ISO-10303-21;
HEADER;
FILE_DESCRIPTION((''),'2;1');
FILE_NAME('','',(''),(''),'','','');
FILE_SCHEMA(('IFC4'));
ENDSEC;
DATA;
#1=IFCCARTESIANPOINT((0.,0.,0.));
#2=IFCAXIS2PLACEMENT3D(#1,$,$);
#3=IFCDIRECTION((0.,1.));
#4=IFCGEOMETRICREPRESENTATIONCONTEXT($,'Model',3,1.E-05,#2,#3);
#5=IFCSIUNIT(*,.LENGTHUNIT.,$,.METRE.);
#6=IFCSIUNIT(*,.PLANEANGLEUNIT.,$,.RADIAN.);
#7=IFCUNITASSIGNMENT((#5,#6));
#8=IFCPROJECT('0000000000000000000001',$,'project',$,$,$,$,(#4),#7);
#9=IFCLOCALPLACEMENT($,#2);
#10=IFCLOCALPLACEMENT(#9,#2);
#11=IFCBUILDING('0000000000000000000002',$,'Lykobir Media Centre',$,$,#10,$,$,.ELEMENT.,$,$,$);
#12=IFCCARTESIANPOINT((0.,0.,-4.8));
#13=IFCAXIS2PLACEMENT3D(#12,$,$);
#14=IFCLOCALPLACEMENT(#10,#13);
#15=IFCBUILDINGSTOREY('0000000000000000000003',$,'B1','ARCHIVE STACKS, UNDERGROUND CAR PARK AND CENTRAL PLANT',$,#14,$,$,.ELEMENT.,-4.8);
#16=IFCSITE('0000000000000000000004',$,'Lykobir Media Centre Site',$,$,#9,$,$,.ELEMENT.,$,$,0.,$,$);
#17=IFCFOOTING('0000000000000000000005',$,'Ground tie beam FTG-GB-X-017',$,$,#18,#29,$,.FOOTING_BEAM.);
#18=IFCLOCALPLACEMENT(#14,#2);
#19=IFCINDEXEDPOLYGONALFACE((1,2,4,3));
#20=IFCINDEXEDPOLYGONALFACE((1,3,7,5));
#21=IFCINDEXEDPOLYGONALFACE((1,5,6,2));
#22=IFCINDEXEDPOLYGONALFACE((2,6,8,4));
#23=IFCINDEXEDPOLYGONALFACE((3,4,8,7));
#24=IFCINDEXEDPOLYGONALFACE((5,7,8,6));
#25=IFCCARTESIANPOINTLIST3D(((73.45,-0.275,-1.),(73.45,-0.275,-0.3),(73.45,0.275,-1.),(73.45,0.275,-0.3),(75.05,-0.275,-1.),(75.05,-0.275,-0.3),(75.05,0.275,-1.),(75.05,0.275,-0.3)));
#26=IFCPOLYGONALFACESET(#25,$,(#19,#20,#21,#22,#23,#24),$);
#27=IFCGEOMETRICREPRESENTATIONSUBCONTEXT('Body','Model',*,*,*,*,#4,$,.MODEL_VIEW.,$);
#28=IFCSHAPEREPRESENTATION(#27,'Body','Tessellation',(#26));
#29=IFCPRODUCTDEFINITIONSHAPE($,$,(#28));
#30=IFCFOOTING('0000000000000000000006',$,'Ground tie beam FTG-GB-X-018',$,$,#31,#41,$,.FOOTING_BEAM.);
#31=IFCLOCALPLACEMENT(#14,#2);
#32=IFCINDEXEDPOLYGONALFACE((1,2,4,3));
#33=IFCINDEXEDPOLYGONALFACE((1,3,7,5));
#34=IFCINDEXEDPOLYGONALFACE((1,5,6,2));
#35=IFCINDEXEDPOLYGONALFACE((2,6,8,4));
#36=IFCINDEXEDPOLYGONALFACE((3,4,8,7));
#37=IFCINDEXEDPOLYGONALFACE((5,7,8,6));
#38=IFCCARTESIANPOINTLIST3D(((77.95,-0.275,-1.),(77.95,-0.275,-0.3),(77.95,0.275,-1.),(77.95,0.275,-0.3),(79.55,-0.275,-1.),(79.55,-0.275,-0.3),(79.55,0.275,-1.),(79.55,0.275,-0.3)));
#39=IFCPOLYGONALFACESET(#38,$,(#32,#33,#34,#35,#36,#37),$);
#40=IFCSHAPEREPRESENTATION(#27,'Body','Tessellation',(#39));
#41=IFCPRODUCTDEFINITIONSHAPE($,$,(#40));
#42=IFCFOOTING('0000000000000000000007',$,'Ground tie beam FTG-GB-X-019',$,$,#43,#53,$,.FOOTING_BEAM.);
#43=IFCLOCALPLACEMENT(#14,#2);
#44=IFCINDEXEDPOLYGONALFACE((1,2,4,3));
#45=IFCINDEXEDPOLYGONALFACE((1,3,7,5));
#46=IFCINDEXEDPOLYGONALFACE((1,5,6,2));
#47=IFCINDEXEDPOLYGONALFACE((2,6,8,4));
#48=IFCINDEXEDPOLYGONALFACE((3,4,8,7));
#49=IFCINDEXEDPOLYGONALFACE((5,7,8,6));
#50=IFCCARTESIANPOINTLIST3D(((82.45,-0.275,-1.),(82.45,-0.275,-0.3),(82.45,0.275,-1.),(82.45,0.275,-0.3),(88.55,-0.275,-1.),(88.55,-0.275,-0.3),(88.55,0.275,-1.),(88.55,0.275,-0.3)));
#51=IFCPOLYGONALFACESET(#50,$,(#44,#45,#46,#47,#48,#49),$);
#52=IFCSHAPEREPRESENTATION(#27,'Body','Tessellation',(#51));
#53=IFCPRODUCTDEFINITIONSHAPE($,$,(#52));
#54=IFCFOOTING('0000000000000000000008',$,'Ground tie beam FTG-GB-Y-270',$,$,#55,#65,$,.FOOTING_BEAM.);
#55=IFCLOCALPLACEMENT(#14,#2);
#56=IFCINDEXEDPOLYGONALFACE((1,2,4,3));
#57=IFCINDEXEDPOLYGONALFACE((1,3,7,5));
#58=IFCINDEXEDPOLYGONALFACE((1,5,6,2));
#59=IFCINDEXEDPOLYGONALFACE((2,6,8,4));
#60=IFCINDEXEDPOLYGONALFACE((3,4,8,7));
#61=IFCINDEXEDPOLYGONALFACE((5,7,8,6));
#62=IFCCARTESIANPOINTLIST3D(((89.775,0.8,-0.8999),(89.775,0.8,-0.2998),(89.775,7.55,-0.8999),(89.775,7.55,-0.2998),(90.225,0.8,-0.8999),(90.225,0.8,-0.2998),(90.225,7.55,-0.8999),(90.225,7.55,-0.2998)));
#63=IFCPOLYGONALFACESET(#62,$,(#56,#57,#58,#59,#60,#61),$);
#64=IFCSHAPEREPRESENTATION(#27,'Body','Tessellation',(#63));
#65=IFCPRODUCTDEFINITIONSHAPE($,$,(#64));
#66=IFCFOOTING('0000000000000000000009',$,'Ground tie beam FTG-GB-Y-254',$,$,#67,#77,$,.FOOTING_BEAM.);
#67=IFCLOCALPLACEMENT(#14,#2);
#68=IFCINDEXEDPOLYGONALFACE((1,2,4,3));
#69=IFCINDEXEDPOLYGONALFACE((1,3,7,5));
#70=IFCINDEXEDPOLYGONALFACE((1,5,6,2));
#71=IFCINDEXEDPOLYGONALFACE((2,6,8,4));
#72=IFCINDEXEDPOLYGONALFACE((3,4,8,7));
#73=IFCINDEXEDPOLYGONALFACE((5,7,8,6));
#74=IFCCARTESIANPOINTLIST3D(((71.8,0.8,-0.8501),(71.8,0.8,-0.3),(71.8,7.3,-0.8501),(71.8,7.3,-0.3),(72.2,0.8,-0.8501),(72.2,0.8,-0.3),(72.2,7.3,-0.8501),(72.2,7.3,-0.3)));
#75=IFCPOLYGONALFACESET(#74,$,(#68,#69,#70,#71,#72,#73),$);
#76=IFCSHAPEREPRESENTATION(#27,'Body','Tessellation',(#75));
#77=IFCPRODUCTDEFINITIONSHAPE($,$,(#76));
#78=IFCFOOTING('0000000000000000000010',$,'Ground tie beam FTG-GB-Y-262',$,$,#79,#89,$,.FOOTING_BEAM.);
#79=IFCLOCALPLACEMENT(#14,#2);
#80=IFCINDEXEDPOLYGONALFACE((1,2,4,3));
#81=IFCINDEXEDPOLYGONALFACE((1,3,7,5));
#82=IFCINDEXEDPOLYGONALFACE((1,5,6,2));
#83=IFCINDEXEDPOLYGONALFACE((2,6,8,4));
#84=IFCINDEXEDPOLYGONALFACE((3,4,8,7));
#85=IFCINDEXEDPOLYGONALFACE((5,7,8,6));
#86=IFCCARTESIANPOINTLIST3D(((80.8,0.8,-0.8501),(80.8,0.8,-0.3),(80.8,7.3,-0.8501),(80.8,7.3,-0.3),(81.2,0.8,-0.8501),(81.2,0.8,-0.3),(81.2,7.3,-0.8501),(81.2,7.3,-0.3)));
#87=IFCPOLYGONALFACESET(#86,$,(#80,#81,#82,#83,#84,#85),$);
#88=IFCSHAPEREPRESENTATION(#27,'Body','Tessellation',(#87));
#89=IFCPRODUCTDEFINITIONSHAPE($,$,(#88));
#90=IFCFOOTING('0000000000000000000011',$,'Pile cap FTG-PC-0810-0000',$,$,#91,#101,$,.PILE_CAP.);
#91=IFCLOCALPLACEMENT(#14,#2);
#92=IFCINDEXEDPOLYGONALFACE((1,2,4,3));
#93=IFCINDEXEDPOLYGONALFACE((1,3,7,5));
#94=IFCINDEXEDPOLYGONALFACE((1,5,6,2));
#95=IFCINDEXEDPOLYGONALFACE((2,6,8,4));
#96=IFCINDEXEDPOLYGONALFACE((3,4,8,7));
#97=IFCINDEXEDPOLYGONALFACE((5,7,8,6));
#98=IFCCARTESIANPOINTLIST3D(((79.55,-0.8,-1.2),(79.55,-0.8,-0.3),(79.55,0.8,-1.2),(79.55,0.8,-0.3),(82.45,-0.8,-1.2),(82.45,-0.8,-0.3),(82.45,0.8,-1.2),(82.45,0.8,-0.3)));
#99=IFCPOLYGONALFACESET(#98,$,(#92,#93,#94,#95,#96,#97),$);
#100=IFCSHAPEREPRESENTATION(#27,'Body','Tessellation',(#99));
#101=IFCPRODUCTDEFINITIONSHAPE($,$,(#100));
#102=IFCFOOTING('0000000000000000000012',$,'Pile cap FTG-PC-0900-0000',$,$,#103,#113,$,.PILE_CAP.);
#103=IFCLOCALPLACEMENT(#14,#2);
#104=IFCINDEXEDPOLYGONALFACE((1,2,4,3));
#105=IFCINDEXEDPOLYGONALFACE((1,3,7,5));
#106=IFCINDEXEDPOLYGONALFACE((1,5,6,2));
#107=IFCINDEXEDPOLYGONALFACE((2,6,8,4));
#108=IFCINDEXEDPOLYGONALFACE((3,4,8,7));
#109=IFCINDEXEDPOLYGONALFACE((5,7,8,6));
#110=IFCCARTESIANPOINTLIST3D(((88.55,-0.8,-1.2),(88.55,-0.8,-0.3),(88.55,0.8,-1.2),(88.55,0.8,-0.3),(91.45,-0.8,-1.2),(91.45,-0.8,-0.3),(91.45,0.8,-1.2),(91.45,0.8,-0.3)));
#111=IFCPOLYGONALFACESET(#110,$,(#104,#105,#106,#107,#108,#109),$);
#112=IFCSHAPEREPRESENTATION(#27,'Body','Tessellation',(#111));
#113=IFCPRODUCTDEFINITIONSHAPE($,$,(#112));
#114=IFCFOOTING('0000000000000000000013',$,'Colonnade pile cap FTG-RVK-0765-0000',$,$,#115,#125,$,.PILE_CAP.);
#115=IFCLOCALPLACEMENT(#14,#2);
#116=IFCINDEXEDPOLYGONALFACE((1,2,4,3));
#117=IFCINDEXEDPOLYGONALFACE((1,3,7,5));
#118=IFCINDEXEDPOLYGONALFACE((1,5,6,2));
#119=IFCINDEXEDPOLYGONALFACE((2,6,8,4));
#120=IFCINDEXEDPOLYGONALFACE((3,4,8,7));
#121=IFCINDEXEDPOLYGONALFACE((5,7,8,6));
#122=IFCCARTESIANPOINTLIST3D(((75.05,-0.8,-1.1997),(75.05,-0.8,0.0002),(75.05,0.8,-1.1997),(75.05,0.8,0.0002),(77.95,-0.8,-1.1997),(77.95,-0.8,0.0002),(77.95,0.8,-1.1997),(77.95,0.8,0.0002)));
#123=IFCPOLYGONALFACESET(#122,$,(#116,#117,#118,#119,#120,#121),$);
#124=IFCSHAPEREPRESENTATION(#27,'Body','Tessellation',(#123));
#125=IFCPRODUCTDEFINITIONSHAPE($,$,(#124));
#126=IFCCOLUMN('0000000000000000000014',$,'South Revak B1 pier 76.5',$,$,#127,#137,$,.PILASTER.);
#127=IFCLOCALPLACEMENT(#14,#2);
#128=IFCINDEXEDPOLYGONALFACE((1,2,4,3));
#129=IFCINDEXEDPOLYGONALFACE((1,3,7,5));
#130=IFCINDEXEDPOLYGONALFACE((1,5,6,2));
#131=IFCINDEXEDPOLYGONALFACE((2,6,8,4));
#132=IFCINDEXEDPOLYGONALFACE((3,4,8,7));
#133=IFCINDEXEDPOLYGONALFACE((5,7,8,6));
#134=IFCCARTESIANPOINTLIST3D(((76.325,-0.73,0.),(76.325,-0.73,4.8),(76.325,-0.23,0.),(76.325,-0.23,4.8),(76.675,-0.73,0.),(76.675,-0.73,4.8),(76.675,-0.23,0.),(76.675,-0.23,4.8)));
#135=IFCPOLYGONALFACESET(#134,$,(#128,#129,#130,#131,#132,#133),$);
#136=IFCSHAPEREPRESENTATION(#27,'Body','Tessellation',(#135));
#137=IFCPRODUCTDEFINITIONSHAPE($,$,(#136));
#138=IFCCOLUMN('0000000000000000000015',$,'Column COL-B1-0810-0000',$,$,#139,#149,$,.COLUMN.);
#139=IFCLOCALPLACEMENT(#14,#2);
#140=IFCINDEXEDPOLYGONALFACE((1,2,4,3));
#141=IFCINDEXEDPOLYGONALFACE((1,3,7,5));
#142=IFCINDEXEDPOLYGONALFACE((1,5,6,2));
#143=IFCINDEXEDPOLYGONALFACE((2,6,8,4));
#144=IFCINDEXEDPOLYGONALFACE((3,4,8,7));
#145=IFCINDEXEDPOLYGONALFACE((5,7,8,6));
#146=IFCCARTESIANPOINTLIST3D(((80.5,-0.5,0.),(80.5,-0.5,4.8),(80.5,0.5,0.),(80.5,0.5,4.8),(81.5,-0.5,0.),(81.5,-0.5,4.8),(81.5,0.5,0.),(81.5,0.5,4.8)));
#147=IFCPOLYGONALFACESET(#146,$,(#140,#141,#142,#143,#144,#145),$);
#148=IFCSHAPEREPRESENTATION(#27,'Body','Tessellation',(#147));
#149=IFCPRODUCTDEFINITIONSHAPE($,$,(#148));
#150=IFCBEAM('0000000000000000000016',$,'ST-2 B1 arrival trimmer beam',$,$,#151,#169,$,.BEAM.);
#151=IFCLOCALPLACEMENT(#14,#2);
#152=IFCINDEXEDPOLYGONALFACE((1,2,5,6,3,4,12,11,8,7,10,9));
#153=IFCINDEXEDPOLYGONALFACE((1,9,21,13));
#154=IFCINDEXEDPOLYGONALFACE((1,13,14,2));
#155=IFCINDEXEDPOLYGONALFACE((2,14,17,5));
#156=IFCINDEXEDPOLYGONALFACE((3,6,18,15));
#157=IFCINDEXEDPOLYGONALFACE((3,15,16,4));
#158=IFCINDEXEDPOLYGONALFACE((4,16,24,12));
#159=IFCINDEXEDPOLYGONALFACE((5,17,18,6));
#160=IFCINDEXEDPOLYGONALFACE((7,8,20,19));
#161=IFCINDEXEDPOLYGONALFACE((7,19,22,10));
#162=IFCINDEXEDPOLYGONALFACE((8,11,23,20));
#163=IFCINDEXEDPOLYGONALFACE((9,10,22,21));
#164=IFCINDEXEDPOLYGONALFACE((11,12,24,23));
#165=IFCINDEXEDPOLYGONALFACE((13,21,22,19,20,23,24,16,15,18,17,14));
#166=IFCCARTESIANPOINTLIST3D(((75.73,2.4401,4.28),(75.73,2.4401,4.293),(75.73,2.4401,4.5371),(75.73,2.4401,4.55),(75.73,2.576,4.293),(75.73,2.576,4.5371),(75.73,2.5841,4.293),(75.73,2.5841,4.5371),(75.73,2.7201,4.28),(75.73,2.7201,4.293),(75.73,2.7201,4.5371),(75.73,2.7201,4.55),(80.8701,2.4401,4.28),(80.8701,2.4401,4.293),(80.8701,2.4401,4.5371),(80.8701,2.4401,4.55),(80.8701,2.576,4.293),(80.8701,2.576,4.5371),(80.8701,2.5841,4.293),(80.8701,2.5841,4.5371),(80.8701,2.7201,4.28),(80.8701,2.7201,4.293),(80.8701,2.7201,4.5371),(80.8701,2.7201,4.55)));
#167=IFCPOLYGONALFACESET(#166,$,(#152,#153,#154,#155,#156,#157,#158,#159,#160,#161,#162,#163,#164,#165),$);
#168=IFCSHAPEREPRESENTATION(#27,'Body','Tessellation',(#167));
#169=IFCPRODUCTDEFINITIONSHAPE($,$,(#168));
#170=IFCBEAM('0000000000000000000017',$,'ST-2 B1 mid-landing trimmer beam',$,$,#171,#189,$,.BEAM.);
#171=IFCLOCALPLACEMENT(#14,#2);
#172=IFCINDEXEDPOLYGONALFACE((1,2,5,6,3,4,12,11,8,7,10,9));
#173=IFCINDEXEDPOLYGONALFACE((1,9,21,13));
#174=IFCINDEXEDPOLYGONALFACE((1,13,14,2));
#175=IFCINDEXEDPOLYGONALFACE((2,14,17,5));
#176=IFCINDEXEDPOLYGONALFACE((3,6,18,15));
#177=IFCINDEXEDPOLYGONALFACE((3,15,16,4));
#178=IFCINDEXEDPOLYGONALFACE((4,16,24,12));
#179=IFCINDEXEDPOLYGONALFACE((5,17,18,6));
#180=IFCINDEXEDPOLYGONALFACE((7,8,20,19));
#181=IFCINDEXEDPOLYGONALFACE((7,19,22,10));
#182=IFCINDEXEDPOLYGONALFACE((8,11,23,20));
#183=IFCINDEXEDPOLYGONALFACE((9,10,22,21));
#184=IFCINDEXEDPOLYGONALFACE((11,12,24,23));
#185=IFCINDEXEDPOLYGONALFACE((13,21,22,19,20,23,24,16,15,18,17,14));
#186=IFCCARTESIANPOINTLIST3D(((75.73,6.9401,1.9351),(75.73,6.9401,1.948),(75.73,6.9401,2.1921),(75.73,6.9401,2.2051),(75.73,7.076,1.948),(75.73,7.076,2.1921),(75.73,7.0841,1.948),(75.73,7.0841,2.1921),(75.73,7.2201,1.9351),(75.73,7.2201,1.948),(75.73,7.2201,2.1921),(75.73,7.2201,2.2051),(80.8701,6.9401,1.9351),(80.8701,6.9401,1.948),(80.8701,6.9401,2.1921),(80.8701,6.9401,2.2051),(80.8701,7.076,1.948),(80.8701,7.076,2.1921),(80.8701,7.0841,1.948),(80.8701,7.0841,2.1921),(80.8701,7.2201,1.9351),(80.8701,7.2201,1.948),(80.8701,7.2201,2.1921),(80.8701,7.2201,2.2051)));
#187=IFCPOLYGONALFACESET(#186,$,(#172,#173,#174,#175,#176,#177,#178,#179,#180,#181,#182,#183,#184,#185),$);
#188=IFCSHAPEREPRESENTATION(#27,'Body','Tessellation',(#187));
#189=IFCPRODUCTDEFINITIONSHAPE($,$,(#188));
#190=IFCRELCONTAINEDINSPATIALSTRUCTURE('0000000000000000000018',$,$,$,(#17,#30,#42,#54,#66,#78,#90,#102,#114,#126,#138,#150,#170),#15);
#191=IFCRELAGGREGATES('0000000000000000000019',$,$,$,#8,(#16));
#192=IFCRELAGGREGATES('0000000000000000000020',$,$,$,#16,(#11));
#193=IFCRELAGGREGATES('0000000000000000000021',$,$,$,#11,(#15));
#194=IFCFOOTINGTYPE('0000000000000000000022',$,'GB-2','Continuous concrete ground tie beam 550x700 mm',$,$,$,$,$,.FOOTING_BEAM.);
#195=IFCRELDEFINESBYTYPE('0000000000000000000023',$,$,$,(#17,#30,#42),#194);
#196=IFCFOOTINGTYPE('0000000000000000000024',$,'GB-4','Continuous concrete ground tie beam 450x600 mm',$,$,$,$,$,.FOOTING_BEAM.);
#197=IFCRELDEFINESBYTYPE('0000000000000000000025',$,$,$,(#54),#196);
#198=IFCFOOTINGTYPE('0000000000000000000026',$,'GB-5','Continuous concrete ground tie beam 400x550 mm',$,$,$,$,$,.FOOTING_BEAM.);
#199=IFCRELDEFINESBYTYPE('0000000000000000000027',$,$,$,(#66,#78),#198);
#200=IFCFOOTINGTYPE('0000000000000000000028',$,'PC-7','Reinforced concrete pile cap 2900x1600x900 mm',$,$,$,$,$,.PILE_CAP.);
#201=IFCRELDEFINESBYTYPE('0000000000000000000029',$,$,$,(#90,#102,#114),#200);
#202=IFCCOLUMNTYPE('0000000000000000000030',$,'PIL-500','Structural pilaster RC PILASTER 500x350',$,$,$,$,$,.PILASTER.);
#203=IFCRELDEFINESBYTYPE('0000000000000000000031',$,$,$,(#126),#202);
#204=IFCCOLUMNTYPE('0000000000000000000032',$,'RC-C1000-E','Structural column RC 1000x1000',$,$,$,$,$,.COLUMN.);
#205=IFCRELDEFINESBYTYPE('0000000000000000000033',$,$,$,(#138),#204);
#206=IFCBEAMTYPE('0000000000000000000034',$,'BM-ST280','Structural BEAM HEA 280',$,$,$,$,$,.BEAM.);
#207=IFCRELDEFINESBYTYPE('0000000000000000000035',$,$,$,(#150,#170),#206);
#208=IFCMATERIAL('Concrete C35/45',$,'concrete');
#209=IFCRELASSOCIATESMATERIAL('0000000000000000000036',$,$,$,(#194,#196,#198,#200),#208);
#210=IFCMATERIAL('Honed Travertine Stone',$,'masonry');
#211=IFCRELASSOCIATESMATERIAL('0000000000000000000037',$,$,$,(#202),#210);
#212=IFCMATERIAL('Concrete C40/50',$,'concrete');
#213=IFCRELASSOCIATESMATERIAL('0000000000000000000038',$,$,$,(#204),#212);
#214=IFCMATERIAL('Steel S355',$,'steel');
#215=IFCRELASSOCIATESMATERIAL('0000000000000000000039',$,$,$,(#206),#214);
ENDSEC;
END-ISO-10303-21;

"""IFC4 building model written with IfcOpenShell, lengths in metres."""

from ifc_helpers import new_model, si_unit, direction, frame, origin, origin_2d, place, context, subcontext, project, spatial, rectangle, i_section, extrude, material, material_profile, profile_set, type_object, element, save


model = new_model("IFC4")

# Units and contexts
model_context = context("Model", 3, precision=1e-05, world=origin(), true_north=direction((0.0, 1.0)))
body_context = subcontext(model_context, "Body", "Model", "MODEL_VIEW")
ifc_project = project(units=[si_unit("LENGTHUNIT", "METRE"), si_unit("PLANEANGLEUNIT", "RADIAN")], contexts=[model_context])

# Site, building, storey
site_placement = place(None, origin())
site = spatial("IfcSite", under=ifc_project, at=site_placement, Name="Lykobir Media Centre Site", CompositionType="ELEMENT", RefElevation=0.0)
building_placement = place(site_placement, origin())
building = spatial("IfcBuilding", under=site, at=building_placement, Name="Lykobir Media Centre", CompositionType="ELEMENT")
storey_placement = place(building_placement, frame((0.0, 0.0, -4.8)))
storey = spatial("IfcBuildingStorey", under=building, at=storey_placement, Name="B1", Description="ARCHIVE STACKS, UNDERGROUND CAR PARK AND CENTRAL PLANT", CompositionType="ELEMENT", Elevation=-4.8)

# Footings
ifc_material_1 = material(Name="Concrete C35/45", Category="concrete")
footing_type_1 = type_object("IfcFootingType", Name="GB-2", Description="Continuous concrete ground tie beam 550x700 mm", PredefinedType="FOOTING_BEAM", material=ifc_material_1)
for number, where, z_axis, x_axis, name in (
    (1, (74.25, 0.0, -1.0), (0.0, 0.0, 1.0), (1.0, 0.0, 0.0), "Ground tie beam FTG-GB-X-017"),
    (2, (78.75, 0.0, -1.0), (0.0, 0.0, 1.0), (1.0, 0.0, 0.0), "Ground tie beam FTG-GB-X-018"),
):
    element("IfcFooting", number, at=place(storey_placement, frame(where, z_axis=z_axis, x_axis=x_axis)), inside=storey, type_object=footing_type_1, Name=name, PredefinedType="FOOTING_BEAM", context=body_context, shape_type="SweptSolid", body=[
        extrude(rectangle(XDim=1.6001, YDim=0.55, at=origin_2d()), origin(), (0.0, 0.0, 1.0), 0.7),
    ])
footing_1_placement = place(storey_placement, frame((85.5, 0.0, -1.0), z_axis=(0.0, 0.0, 1.0), x_axis=(1.0, 0.0, 0.0)))
element("IfcFooting", 3, at=footing_1_placement, inside=storey, type_object=footing_type_1, Name="Ground tie beam FTG-GB-X-019", PredefinedType="FOOTING_BEAM", context=body_context, shape_type="SweptSolid", body=[
    extrude(rectangle(XDim=6.1001, YDim=0.55, at=origin_2d()), origin(), (0.0, 0.0, 1.0), 0.7),
])
footing_type_2 = type_object("IfcFootingType", Name="GB-4", Description="Continuous concrete ground tie beam 450x600 mm", PredefinedType="FOOTING_BEAM", material=ifc_material_1)
footing_2_placement = place(storey_placement, frame((90.0, 4.175, -0.8999), z_axis=(0.0, 0.0, 1.0), x_axis=(0.0, 1.0, 0.0)))
element("IfcFooting", 4, at=footing_2_placement, inside=storey, type_object=footing_type_2, Name="Ground tie beam FTG-GB-Y-270", PredefinedType="FOOTING_BEAM", context=body_context, shape_type="SweptSolid", body=[
    extrude(rectangle(XDim=6.75, YDim=0.45, at=origin_2d()), origin(), (0.0, 0.0, 1.0), 0.6001),
])
footing_type_3 = type_object("IfcFootingType", Name="GB-5", Description="Continuous concrete ground tie beam 400x550 mm", PredefinedType="FOOTING_BEAM", material=ifc_material_1)
for number, where, z_axis, x_axis, name in (
    (5, (72.0, 4.05, -0.8501), (0.0, 0.0, 1.0), (0.0, 1.0, 0.0), "Ground tie beam FTG-GB-Y-254"),
    (6, (81.0, 4.05, -0.8501), (0.0, 0.0, 1.0), (0.0, 1.0, 0.0), "Ground tie beam FTG-GB-Y-262"),
):
    element("IfcFooting", number, at=place(storey_placement, frame(where, z_axis=z_axis, x_axis=x_axis)), inside=storey, type_object=footing_type_3, Name=name, PredefinedType="FOOTING_BEAM", context=body_context, shape_type="SweptSolid", body=[
        extrude(rectangle(XDim=6.5, YDim=0.3999, at=origin_2d()), origin(), (0.0, 0.0, 1.0), 0.55),
    ])
footing_type_4 = type_object("IfcFootingType", Name="PC-7", Description="Reinforced concrete pile cap 2900x1600x900 mm", PredefinedType="PILE_CAP", material=ifc_material_1)
for number, where, z_axis, x_axis, name in (
    (7, (81.0, 0.0, -1.2), (0.0, 0.0, 1.0), (1.0, 0.0, 0.0), "Pile cap FTG-PC-0810-0000"),
    (8, (90.0, 0.0, -1.2), (0.0, 0.0, 1.0), (1.0, 0.0, 0.0), "Pile cap FTG-PC-0900-0000"),
):
    element("IfcFooting", number, at=place(storey_placement, frame(where, z_axis=z_axis, x_axis=x_axis)), inside=storey, type_object=footing_type_4, Name=name, PredefinedType="PILE_CAP", context=body_context, shape_type="SweptSolid", body=[
        extrude(rectangle(XDim=2.8999, YDim=1.6001, at=origin_2d()), origin(), (0.0, 0.0, 1.0), 0.8999),
    ])
footing_3_placement = place(storey_placement, frame((76.5, 0.0, -1.1997), z_axis=(0.0, 0.0, 1.0), x_axis=(1.0, 0.0, 0.0)))
element("IfcFooting", 9, at=footing_3_placement, inside=storey, type_object=footing_type_4, Name="Colonnade pile cap FTG-RVK-0765-0000", PredefinedType="PILE_CAP", context=body_context, shape_type="SweptSolid", body=[
    extrude(rectangle(XDim=2.8999, YDim=1.6001, at=origin_2d()), origin(), (0.0, 0.0, 1.0), 1.2),
])

# Columns
ifc_material_2 = material(Name="Honed Travertine Stone", Category="masonry")
ifc_material_profile_1 = material_profile(ifc_material_2, rectangle(XDim=0.3501, YDim=0.5, at=origin_2d()), Name="RC PILASTER 500x350")
ifc_profile_set_1 = profile_set([ifc_material_profile_1], Name="Honed Travertine Stone")
column_type_1 = type_object("IfcColumnType", Name="PIL-500", Description="Structural pilaster RC PILASTER 500x350", PredefinedType="PILASTER", material=ifc_profile_set_1)
column_1_placement = place(storey_placement, frame((76.5, -0.48, 0.0), z_axis=(0.0, 0.0, 1.0), x_axis=(1.0, 0.0, 0.0)))
element("IfcColumn", 10, at=column_1_placement, inside=storey, type_object=column_type_1, Name="South Revak B1 pier 76.5", PredefinedType="PILASTER", context=body_context, shape_type="SweptSolid", body=[
    extrude(rectangle(XDim=0.3501, YDim=0.5, at=origin_2d()), origin(), (0.0, 0.0, 1.0), 4.8),
])
ifc_material_3 = material(Name="Concrete C40/50", Category="concrete")
ifc_material_profile_2 = material_profile(ifc_material_3, rectangle(XDim=1.0, YDim=1.0, at=origin_2d()), Name="RC 1000x1000")
ifc_profile_set_2 = profile_set([ifc_material_profile_2], Name="Concrete C40/50")
column_type_2 = type_object("IfcColumnType", Name="RC-C1000-E", Description="Structural column RC 1000x1000", PredefinedType="COLUMN", material=ifc_profile_set_2)
column_2_placement = place(storey_placement, frame((81.0, 0.0, 0.0), z_axis=(0.0, 0.0, 1.0), x_axis=(1.0, 0.0, 0.0)))
element("IfcColumn", 11, at=column_2_placement, inside=storey, type_object=column_type_2, Name="Column COL-B1-0810-0000", PredefinedType="COLUMN", context=body_context, shape_type="SweptSolid", body=[
    extrude(rectangle(XDim=1.0, YDim=1.0, at=origin_2d()), origin(), (0.0, 0.0, 1.0), 4.8),
])

# Beams
ifc_material_4 = material(Name="Steel S355", Category="steel")
ifc_material_profile_3 = material_profile(ifc_material_4, i_section(OverallWidth=0.28, OverallDepth=0.27, WebThickness=0.0081, FlangeThickness=0.0129, at=origin_2d()), Name="HEA 280")
ifc_profile_set_3 = profile_set([ifc_material_profile_3], Name="Steel S355")
beam_type_1 = type_object("IfcBeamType", Name="BM-ST280", Description="Structural BEAM HEA 280", PredefinedType="BEAM", material=ifc_profile_set_3)
for number, where, z_axis, x_axis, name in (
    (12, (75.73, 2.5801, 4.415), (1.0, 0.0, 0.0), (0.0, 1.0, 0.0), "ST-2 B1 arrival trimmer beam"),
    (13, (75.73, 7.0801, 2.0701), (1.0, 0.0, 0.0), (0.0, 1.0, 0.0), "ST-2 B1 mid-landing trimmer beam"),
):
    element("IfcBeam", number, at=place(storey_placement, frame(where, z_axis=z_axis, x_axis=x_axis)), inside=storey, type_object=beam_type_1, Name=name, PredefinedType="BEAM", context=body_context, shape_type="SweptSolid", body=[
        extrude(i_section(OverallWidth=0.28, OverallDepth=0.27, WebThickness=0.0081, FlangeThickness=0.0129, at=origin_2d()), origin(), (0.0, 0.0, 1.0), 5.1401),
    ])

save(model, "model.ifc")
